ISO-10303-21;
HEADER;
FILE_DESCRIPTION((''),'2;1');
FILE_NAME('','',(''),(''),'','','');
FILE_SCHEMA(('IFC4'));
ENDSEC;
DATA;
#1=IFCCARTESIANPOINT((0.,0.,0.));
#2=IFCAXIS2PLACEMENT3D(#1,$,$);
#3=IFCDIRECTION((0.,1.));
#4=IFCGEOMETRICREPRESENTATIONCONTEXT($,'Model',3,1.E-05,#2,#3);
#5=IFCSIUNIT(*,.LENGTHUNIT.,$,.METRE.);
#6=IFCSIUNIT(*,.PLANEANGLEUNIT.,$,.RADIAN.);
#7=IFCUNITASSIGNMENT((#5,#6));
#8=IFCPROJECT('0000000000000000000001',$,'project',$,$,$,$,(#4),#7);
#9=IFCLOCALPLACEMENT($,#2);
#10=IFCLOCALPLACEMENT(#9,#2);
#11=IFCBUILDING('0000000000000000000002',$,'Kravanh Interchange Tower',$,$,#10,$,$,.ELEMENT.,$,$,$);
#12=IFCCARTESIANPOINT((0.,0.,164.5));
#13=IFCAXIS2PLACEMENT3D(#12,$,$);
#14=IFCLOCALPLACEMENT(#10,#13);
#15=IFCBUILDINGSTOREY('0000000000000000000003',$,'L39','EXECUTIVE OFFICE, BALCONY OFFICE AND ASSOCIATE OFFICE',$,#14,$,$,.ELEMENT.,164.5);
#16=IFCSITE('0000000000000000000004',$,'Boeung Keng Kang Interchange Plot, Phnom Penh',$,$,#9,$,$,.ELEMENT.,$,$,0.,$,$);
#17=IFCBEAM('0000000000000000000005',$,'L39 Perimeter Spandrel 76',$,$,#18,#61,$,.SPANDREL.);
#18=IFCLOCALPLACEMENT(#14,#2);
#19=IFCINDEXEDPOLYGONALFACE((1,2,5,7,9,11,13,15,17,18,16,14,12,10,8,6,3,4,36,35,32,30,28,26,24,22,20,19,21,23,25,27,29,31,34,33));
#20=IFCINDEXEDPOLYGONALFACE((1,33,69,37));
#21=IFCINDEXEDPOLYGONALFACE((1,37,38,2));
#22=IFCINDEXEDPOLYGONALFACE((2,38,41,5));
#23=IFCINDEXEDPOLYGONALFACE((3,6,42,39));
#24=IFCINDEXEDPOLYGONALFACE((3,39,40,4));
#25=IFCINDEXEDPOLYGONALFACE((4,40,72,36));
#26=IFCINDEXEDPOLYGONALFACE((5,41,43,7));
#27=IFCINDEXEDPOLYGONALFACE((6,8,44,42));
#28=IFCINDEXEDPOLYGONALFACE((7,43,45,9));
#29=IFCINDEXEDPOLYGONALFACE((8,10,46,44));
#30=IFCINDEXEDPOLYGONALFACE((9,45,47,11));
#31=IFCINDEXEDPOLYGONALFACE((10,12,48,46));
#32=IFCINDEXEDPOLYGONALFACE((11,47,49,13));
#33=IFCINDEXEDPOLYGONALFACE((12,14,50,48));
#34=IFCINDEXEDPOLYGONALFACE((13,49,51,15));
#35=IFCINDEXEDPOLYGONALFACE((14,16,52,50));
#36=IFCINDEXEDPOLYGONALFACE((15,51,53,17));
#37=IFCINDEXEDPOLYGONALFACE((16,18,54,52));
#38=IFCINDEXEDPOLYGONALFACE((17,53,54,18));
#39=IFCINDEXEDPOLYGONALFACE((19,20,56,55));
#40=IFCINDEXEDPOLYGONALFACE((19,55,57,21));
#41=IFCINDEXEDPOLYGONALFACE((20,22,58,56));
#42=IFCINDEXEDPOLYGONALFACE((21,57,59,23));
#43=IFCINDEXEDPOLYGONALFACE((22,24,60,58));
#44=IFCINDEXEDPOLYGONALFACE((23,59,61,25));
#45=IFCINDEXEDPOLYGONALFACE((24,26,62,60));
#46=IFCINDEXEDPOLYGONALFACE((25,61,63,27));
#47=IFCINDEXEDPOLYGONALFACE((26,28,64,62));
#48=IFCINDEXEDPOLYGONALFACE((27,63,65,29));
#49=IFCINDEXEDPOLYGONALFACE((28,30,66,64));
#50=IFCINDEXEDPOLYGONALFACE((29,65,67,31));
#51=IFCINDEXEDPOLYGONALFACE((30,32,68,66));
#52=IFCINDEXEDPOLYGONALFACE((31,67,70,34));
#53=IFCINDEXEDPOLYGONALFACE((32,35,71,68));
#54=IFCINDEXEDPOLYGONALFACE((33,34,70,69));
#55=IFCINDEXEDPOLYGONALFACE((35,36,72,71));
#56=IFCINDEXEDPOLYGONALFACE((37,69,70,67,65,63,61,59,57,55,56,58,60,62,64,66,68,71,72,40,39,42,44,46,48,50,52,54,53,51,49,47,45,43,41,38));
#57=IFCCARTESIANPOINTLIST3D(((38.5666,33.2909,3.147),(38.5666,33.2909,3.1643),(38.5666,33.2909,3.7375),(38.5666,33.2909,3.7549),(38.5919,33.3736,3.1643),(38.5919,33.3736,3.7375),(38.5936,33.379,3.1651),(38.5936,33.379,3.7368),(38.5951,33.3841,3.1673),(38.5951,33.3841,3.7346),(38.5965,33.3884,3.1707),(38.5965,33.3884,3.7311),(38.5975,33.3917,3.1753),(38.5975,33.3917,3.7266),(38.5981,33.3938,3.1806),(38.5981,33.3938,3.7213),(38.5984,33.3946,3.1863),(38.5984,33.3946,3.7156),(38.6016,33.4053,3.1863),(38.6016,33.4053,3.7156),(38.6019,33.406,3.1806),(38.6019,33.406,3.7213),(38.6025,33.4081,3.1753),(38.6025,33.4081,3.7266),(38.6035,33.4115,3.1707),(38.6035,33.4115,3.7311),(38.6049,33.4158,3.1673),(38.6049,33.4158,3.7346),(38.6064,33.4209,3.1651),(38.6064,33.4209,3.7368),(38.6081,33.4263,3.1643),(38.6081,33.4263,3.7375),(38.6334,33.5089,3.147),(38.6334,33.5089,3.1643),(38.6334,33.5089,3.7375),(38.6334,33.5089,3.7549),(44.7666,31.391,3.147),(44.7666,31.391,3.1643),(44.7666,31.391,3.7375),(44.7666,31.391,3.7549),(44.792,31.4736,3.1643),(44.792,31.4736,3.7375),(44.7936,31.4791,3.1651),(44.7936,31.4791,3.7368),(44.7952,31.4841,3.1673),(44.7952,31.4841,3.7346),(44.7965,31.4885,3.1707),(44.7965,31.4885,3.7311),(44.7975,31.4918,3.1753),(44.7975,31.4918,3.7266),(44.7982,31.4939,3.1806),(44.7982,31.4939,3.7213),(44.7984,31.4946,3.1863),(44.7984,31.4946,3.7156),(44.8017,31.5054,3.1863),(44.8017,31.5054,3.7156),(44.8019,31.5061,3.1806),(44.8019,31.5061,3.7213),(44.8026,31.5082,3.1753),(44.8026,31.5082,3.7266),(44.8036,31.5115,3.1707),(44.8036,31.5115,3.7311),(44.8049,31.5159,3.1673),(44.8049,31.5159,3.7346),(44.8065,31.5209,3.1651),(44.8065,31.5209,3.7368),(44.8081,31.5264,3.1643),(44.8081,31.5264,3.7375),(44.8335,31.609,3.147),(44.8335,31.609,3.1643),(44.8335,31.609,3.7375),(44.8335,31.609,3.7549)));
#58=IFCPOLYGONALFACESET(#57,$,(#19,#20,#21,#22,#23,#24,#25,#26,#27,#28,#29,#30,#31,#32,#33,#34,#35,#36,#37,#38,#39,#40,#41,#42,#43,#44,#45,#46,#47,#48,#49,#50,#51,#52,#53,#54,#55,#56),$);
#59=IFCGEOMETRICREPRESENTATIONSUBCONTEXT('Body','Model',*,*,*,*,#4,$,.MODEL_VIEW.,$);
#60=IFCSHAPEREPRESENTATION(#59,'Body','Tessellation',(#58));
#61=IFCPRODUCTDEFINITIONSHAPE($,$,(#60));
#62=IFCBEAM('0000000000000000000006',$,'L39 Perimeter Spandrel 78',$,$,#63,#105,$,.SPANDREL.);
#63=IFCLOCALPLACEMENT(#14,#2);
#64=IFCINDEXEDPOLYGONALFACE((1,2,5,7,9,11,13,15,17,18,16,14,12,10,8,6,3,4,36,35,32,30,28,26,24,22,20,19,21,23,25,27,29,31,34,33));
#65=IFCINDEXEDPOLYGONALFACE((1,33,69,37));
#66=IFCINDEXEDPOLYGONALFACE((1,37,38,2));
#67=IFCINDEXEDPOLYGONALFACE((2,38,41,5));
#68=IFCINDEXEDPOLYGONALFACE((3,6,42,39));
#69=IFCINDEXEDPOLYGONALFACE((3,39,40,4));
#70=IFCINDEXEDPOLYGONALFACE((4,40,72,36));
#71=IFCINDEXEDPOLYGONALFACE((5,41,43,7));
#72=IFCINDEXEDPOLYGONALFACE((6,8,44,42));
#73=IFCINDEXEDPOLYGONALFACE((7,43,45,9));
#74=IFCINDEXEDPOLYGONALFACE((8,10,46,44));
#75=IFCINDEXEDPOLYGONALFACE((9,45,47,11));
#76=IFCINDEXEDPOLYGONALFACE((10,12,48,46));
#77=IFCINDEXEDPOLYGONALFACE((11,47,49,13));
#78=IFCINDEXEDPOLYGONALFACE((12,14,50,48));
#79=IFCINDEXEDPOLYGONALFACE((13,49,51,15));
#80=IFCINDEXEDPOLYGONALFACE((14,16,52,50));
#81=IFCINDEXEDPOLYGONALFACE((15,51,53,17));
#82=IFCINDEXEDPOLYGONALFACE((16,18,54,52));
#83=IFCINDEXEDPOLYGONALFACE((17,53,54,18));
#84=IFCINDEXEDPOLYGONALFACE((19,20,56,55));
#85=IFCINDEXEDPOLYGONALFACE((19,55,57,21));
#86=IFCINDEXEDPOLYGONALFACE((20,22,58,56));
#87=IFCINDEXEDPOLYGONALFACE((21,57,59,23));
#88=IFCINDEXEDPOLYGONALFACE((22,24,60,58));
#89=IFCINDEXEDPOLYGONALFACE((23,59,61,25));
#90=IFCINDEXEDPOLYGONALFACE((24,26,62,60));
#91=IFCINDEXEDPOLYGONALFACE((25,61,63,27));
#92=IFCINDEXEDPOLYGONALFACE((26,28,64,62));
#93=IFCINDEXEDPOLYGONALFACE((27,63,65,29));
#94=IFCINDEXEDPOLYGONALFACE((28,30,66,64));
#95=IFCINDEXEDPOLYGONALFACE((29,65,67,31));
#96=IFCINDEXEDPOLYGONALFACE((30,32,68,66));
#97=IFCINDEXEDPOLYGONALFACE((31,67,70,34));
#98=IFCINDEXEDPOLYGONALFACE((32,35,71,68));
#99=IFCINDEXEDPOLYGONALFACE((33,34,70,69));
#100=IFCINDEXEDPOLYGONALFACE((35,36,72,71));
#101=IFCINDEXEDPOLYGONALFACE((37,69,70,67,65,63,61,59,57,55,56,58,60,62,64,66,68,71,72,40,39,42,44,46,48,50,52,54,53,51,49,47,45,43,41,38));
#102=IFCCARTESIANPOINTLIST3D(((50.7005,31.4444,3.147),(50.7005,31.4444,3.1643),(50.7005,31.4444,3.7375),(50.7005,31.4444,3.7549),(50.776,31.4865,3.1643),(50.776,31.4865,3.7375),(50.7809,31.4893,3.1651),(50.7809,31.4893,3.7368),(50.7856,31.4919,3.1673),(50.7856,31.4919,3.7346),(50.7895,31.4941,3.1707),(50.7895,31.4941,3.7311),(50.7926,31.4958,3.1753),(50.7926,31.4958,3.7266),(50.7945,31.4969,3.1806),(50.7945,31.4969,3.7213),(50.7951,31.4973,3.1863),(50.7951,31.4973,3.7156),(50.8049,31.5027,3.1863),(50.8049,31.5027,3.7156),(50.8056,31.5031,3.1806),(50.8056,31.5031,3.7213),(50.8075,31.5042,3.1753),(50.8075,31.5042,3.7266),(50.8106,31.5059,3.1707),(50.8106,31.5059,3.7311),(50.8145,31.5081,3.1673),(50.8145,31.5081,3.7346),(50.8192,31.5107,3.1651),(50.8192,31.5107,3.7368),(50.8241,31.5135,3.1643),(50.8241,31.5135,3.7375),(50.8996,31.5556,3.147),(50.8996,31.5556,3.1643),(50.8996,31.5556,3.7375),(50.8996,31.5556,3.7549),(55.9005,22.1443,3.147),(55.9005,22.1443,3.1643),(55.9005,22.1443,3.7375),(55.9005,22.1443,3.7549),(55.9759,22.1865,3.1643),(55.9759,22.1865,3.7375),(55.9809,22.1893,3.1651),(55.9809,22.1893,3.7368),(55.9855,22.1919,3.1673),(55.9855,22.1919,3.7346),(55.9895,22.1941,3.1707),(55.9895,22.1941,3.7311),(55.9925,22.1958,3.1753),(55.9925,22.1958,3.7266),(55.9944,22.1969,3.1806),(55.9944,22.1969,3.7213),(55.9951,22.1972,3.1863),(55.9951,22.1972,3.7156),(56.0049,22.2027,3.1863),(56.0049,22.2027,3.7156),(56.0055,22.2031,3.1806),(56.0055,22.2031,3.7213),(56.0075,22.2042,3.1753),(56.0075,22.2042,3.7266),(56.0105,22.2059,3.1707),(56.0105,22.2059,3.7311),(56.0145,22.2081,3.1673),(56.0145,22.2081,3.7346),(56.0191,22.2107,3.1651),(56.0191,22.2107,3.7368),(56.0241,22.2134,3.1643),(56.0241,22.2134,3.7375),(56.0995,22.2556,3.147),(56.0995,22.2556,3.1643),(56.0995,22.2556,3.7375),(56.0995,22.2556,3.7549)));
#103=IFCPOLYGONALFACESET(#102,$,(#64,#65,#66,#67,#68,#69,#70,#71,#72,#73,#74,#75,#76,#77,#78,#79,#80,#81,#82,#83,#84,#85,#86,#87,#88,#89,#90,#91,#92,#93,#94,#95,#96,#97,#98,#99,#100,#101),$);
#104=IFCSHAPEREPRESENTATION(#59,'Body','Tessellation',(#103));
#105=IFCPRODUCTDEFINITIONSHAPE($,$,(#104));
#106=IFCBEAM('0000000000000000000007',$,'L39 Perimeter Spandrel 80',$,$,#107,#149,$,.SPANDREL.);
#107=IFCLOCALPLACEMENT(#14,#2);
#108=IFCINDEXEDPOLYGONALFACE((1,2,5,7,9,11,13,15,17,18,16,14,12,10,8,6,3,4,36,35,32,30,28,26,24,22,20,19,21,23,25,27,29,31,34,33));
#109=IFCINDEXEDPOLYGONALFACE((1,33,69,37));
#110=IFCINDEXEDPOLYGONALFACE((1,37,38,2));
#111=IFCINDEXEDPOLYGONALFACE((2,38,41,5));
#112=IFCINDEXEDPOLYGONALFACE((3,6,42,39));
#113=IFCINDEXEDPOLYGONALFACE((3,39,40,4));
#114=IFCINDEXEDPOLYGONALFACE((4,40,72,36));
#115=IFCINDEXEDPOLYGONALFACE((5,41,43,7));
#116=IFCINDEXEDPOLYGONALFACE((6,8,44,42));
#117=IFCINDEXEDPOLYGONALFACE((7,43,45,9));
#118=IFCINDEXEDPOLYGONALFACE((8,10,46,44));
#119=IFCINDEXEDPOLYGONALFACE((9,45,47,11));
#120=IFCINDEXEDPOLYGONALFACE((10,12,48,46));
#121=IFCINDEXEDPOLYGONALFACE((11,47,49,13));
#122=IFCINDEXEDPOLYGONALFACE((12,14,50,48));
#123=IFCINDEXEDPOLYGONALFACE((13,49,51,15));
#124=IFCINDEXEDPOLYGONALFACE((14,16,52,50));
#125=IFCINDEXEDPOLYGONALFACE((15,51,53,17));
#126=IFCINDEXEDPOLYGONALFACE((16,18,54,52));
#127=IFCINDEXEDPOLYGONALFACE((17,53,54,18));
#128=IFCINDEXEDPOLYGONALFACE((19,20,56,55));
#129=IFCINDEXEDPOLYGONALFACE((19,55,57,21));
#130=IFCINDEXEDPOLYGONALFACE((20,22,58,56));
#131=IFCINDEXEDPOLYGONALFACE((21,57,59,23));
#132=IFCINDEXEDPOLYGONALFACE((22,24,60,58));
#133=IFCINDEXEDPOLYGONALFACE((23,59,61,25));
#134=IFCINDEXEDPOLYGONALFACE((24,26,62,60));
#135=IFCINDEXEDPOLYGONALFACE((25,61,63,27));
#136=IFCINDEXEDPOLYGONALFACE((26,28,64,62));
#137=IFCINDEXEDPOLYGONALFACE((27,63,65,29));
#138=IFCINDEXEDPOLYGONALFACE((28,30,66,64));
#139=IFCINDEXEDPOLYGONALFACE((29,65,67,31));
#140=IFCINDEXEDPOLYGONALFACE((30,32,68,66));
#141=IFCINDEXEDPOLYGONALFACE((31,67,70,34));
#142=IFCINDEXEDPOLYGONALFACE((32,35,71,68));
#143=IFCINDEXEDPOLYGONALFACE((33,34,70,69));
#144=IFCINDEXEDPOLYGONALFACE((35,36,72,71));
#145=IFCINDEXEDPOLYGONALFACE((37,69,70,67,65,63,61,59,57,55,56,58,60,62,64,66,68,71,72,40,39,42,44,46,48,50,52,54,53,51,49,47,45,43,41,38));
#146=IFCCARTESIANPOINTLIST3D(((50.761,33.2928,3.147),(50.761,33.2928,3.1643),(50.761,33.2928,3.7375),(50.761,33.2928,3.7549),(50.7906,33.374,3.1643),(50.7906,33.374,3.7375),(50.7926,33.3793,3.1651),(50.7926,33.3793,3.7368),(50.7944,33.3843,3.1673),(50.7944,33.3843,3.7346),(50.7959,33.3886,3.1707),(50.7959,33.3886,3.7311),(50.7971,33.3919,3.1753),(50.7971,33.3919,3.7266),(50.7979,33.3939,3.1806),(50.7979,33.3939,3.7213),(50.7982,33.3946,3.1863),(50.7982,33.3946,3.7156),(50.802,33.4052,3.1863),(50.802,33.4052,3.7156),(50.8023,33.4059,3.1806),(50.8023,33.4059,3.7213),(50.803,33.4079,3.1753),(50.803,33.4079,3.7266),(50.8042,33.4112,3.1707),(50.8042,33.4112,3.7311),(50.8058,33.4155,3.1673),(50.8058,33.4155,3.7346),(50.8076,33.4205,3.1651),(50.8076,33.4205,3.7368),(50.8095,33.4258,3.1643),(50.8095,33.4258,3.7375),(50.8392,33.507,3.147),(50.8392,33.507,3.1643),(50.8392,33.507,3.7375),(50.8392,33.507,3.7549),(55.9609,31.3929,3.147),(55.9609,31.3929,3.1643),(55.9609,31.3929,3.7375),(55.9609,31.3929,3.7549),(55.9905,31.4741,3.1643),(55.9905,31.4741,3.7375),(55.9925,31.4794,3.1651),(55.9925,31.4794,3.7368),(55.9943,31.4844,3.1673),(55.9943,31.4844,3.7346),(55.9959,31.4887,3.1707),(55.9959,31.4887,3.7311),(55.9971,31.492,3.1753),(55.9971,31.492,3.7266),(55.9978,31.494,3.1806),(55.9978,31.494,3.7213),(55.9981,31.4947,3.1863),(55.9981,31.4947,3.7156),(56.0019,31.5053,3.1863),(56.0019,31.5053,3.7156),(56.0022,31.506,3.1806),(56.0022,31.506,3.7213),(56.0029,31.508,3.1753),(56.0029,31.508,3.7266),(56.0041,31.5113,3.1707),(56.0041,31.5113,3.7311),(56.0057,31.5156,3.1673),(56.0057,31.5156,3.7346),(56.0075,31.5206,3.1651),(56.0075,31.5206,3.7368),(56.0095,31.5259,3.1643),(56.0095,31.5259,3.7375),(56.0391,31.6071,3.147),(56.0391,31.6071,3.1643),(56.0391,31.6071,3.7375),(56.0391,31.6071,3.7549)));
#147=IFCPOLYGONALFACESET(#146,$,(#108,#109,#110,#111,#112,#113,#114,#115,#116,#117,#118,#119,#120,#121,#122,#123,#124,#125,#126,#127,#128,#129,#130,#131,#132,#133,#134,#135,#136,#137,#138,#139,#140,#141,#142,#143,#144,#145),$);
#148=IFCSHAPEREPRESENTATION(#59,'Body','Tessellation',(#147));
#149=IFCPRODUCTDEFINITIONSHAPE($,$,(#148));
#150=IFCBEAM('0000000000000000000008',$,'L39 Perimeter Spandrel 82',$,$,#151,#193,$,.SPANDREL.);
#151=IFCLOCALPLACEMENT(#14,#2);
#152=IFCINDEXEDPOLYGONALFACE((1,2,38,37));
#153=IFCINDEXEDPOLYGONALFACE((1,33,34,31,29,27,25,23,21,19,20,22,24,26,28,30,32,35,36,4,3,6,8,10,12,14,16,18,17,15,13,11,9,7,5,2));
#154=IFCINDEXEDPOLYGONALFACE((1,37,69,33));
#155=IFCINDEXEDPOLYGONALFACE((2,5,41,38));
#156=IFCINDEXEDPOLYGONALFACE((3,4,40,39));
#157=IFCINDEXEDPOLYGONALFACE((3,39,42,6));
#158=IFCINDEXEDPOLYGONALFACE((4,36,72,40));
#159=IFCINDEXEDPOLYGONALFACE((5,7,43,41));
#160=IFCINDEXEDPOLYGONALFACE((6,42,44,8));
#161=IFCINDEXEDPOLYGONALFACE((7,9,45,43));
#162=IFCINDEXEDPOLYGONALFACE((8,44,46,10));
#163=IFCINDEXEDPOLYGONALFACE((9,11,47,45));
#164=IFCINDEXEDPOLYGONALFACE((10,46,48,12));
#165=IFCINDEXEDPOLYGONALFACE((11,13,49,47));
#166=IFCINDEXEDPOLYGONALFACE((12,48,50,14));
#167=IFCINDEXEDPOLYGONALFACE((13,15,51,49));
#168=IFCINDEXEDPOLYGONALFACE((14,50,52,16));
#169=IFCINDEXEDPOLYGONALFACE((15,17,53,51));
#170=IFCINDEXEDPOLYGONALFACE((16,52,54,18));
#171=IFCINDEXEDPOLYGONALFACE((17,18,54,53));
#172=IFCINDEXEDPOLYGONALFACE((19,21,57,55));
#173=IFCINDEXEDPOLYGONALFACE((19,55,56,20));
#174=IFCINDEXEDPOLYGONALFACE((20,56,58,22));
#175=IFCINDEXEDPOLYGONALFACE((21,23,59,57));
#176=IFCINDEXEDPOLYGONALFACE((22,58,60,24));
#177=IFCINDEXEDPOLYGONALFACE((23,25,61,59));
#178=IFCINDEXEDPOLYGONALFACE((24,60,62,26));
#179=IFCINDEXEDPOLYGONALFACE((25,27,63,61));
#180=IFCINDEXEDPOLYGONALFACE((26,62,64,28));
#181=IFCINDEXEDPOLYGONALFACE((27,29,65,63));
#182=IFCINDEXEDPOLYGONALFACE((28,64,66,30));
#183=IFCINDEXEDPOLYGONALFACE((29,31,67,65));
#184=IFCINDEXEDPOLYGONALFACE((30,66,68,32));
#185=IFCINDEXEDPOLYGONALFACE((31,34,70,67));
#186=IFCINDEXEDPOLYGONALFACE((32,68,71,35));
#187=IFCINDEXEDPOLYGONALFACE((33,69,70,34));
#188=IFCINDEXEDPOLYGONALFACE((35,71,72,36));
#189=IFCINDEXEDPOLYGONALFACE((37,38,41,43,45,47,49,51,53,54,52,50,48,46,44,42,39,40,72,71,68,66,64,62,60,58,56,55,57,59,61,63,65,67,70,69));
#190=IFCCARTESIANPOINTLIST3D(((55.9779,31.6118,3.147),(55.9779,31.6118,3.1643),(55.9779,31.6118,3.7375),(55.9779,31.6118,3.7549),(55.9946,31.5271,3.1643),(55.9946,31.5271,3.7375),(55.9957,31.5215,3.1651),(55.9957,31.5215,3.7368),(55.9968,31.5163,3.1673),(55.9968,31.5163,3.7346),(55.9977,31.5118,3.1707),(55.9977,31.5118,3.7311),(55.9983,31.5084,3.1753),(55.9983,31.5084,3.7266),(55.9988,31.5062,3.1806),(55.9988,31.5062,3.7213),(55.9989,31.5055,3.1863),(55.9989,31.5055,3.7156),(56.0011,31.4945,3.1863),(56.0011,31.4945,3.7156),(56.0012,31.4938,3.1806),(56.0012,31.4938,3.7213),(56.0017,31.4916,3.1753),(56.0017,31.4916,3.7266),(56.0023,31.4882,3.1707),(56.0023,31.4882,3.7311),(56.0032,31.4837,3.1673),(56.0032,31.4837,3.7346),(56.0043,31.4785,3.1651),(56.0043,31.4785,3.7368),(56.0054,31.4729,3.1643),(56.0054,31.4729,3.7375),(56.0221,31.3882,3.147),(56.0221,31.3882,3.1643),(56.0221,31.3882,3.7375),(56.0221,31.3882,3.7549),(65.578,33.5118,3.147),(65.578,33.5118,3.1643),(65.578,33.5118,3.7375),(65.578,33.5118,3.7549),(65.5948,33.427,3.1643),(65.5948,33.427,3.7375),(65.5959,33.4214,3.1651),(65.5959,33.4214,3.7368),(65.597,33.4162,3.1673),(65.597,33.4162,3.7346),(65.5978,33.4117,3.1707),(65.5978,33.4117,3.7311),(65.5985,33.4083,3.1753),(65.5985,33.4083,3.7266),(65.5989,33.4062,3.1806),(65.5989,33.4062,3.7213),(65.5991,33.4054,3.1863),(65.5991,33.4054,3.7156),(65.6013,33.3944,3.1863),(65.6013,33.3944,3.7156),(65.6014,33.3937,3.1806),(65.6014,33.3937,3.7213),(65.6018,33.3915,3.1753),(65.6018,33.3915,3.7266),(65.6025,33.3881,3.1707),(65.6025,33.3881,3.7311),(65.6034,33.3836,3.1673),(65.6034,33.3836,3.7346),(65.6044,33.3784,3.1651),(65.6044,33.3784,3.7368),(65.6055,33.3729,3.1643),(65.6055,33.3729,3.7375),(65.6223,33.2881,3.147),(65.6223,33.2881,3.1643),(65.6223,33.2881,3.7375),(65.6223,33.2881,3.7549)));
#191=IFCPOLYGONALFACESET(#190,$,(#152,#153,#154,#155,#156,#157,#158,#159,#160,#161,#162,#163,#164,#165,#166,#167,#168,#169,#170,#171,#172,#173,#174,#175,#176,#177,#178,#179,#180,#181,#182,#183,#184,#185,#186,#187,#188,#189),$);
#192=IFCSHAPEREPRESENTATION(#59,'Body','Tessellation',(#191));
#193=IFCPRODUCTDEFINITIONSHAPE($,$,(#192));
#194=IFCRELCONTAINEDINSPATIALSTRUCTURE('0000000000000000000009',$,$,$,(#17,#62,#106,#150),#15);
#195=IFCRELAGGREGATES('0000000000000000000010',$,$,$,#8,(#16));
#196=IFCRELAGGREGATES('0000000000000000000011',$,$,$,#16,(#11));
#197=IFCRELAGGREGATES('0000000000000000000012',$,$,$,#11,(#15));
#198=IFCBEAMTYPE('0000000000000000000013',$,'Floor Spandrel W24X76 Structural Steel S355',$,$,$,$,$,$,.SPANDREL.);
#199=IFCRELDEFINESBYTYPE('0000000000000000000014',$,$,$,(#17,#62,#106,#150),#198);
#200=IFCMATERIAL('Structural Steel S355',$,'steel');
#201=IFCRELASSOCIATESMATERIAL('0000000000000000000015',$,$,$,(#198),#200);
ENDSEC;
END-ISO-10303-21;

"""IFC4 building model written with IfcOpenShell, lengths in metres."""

from ifc_helpers import new_model, si_unit, direction, frame, origin, origin_2d, place, context, subcontext, project, spatial, i_section, extrude, material, material_profile, profile_set, type_object, element, save


model = new_model("IFC4")

# Units and contexts
model_context = context("Model", 3, precision=1e-05, world=origin(), true_north=direction((0.0, 1.0)))
body_context = subcontext(model_context, "Body", "Model", "MODEL_VIEW")
ifc_project = project(units=[si_unit("LENGTHUNIT", "METRE"), si_unit("PLANEANGLEUNIT", "RADIAN")], contexts=[model_context])

# Site, building, storey
site_placement = place(None, origin())
site = spatial("IfcSite", under=ifc_project, at=site_placement, Name="Boeung Keng Kang Interchange Plot, Phnom Penh", CompositionType="ELEMENT", RefElevation=0.0)
building_placement = place(site_placement, origin())
building = spatial("IfcBuilding", under=site, at=building_placement, Name="Kravanh Interchange Tower", CompositionType="ELEMENT")
storey_placement = place(building_placement, frame((0.0, 0.0, 164.5)))
storey = spatial("IfcBuildingStorey", under=building, at=storey_placement, Name="L39", Description="EXECUTIVE OFFICE, BALCONY OFFICE AND ASSOCIATE OFFICE", CompositionType="ELEMENT", Elevation=164.5)

# Beams
ifc_material_1 = material(Name="Structural Steel S355", Category="steel")
ifc_material_profile_1 = material_profile(ifc_material_1, i_section(OverallWidth=0.228, OverallDepth=0.6079, WebThickness=0.0112, FlangeThickness=0.0173, FilletRadius=0.022, at=origin_2d()), Name="W24X76")
ifc_profile_set_1 = profile_set([ifc_material_profile_1], Name="Structural Steel S355")
beam_type_1 = type_object("IfcBeamType", Name="Floor Spandrel W24X76 Structural Steel S355", PredefinedType="SPANDREL", material=ifc_profile_set_1)
beam_1_placement = place(storey_placement, frame((44.8, 31.5, 3.4509), z_axis=(-0.956115, 0.29299, 0.0), x_axis=(-0.29299, -0.956115, 0.0)))
element("IfcBeam", 1, at=beam_1_placement, inside=storey, type_object=beam_type_1, Name="L39 Perimeter Spandrel 76", PredefinedType="SPANDREL", context=body_context, shape_type="SweptSolid", body=[
    extrude(i_section(OverallWidth=0.228, OverallDepth=0.6079, WebThickness=0.0112, FlangeThickness=0.0173, FilletRadius=0.022, at=origin_2d()), origin(), (0.0, 0.0, 1.0), 6.4846),
])
beam_2_placement = place(storey_placement, frame((50.8, 31.5, 3.4509), z_axis=(0.488026, -0.872829, 0.0), x_axis=(0.872829, 0.488026, 0.0)))
element("IfcBeam", 2, at=beam_2_placement, inside=storey, type_object=beam_type_1, Name="L39 Perimeter Spandrel 78", PredefinedType="SPANDREL", context=body_context, shape_type="SweptSolid", body=[
    extrude(i_section(OverallWidth=0.228, OverallDepth=0.6079, WebThickness=0.0112, FlangeThickness=0.0173, FilletRadius=0.022, at=origin_2d()), origin(), (0.0, 0.0, 1.0), 10.655),
])
beam_3_placement = place(storey_placement, frame((56.0, 31.5, 3.4509), z_axis=(-0.93927, 0.34318, 0.0), x_axis=(-0.34318, -0.93927, 0.0)))
element("IfcBeam", 3, at=beam_3_placement, inside=storey, type_object=beam_type_1, Name="L39 Perimeter Spandrel 80", PredefinedType="SPANDREL", context=body_context, shape_type="SweptSolid", body=[
    extrude(i_section(OverallWidth=0.228, OverallDepth=0.6079, WebThickness=0.0112, FlangeThickness=0.0173, FilletRadius=0.022, at=origin_2d()), origin(), (0.0, 0.0, 1.0), 5.5361),
])
beam_4_placement = place(storey_placement, frame((56.0, 31.5, 3.4509), z_axis=(0.980974, 0.194139, 0.0), x_axis=(-0.194139, 0.980974, 0.0)))
element("IfcBeam", 4, at=beam_4_placement, inside=storey, type_object=beam_type_1, Name="L39 Perimeter Spandrel 82", PredefinedType="SPANDREL", context=body_context, shape_type="SweptSolid", body=[
    extrude(i_section(OverallWidth=0.228, OverallDepth=0.6079, WebThickness=0.0112, FlangeThickness=0.0173, FilletRadius=0.022, at=origin_2d()), origin(), (0.0, 0.0, 1.0), 9.7864),
])

save(model, "model.ifc")
